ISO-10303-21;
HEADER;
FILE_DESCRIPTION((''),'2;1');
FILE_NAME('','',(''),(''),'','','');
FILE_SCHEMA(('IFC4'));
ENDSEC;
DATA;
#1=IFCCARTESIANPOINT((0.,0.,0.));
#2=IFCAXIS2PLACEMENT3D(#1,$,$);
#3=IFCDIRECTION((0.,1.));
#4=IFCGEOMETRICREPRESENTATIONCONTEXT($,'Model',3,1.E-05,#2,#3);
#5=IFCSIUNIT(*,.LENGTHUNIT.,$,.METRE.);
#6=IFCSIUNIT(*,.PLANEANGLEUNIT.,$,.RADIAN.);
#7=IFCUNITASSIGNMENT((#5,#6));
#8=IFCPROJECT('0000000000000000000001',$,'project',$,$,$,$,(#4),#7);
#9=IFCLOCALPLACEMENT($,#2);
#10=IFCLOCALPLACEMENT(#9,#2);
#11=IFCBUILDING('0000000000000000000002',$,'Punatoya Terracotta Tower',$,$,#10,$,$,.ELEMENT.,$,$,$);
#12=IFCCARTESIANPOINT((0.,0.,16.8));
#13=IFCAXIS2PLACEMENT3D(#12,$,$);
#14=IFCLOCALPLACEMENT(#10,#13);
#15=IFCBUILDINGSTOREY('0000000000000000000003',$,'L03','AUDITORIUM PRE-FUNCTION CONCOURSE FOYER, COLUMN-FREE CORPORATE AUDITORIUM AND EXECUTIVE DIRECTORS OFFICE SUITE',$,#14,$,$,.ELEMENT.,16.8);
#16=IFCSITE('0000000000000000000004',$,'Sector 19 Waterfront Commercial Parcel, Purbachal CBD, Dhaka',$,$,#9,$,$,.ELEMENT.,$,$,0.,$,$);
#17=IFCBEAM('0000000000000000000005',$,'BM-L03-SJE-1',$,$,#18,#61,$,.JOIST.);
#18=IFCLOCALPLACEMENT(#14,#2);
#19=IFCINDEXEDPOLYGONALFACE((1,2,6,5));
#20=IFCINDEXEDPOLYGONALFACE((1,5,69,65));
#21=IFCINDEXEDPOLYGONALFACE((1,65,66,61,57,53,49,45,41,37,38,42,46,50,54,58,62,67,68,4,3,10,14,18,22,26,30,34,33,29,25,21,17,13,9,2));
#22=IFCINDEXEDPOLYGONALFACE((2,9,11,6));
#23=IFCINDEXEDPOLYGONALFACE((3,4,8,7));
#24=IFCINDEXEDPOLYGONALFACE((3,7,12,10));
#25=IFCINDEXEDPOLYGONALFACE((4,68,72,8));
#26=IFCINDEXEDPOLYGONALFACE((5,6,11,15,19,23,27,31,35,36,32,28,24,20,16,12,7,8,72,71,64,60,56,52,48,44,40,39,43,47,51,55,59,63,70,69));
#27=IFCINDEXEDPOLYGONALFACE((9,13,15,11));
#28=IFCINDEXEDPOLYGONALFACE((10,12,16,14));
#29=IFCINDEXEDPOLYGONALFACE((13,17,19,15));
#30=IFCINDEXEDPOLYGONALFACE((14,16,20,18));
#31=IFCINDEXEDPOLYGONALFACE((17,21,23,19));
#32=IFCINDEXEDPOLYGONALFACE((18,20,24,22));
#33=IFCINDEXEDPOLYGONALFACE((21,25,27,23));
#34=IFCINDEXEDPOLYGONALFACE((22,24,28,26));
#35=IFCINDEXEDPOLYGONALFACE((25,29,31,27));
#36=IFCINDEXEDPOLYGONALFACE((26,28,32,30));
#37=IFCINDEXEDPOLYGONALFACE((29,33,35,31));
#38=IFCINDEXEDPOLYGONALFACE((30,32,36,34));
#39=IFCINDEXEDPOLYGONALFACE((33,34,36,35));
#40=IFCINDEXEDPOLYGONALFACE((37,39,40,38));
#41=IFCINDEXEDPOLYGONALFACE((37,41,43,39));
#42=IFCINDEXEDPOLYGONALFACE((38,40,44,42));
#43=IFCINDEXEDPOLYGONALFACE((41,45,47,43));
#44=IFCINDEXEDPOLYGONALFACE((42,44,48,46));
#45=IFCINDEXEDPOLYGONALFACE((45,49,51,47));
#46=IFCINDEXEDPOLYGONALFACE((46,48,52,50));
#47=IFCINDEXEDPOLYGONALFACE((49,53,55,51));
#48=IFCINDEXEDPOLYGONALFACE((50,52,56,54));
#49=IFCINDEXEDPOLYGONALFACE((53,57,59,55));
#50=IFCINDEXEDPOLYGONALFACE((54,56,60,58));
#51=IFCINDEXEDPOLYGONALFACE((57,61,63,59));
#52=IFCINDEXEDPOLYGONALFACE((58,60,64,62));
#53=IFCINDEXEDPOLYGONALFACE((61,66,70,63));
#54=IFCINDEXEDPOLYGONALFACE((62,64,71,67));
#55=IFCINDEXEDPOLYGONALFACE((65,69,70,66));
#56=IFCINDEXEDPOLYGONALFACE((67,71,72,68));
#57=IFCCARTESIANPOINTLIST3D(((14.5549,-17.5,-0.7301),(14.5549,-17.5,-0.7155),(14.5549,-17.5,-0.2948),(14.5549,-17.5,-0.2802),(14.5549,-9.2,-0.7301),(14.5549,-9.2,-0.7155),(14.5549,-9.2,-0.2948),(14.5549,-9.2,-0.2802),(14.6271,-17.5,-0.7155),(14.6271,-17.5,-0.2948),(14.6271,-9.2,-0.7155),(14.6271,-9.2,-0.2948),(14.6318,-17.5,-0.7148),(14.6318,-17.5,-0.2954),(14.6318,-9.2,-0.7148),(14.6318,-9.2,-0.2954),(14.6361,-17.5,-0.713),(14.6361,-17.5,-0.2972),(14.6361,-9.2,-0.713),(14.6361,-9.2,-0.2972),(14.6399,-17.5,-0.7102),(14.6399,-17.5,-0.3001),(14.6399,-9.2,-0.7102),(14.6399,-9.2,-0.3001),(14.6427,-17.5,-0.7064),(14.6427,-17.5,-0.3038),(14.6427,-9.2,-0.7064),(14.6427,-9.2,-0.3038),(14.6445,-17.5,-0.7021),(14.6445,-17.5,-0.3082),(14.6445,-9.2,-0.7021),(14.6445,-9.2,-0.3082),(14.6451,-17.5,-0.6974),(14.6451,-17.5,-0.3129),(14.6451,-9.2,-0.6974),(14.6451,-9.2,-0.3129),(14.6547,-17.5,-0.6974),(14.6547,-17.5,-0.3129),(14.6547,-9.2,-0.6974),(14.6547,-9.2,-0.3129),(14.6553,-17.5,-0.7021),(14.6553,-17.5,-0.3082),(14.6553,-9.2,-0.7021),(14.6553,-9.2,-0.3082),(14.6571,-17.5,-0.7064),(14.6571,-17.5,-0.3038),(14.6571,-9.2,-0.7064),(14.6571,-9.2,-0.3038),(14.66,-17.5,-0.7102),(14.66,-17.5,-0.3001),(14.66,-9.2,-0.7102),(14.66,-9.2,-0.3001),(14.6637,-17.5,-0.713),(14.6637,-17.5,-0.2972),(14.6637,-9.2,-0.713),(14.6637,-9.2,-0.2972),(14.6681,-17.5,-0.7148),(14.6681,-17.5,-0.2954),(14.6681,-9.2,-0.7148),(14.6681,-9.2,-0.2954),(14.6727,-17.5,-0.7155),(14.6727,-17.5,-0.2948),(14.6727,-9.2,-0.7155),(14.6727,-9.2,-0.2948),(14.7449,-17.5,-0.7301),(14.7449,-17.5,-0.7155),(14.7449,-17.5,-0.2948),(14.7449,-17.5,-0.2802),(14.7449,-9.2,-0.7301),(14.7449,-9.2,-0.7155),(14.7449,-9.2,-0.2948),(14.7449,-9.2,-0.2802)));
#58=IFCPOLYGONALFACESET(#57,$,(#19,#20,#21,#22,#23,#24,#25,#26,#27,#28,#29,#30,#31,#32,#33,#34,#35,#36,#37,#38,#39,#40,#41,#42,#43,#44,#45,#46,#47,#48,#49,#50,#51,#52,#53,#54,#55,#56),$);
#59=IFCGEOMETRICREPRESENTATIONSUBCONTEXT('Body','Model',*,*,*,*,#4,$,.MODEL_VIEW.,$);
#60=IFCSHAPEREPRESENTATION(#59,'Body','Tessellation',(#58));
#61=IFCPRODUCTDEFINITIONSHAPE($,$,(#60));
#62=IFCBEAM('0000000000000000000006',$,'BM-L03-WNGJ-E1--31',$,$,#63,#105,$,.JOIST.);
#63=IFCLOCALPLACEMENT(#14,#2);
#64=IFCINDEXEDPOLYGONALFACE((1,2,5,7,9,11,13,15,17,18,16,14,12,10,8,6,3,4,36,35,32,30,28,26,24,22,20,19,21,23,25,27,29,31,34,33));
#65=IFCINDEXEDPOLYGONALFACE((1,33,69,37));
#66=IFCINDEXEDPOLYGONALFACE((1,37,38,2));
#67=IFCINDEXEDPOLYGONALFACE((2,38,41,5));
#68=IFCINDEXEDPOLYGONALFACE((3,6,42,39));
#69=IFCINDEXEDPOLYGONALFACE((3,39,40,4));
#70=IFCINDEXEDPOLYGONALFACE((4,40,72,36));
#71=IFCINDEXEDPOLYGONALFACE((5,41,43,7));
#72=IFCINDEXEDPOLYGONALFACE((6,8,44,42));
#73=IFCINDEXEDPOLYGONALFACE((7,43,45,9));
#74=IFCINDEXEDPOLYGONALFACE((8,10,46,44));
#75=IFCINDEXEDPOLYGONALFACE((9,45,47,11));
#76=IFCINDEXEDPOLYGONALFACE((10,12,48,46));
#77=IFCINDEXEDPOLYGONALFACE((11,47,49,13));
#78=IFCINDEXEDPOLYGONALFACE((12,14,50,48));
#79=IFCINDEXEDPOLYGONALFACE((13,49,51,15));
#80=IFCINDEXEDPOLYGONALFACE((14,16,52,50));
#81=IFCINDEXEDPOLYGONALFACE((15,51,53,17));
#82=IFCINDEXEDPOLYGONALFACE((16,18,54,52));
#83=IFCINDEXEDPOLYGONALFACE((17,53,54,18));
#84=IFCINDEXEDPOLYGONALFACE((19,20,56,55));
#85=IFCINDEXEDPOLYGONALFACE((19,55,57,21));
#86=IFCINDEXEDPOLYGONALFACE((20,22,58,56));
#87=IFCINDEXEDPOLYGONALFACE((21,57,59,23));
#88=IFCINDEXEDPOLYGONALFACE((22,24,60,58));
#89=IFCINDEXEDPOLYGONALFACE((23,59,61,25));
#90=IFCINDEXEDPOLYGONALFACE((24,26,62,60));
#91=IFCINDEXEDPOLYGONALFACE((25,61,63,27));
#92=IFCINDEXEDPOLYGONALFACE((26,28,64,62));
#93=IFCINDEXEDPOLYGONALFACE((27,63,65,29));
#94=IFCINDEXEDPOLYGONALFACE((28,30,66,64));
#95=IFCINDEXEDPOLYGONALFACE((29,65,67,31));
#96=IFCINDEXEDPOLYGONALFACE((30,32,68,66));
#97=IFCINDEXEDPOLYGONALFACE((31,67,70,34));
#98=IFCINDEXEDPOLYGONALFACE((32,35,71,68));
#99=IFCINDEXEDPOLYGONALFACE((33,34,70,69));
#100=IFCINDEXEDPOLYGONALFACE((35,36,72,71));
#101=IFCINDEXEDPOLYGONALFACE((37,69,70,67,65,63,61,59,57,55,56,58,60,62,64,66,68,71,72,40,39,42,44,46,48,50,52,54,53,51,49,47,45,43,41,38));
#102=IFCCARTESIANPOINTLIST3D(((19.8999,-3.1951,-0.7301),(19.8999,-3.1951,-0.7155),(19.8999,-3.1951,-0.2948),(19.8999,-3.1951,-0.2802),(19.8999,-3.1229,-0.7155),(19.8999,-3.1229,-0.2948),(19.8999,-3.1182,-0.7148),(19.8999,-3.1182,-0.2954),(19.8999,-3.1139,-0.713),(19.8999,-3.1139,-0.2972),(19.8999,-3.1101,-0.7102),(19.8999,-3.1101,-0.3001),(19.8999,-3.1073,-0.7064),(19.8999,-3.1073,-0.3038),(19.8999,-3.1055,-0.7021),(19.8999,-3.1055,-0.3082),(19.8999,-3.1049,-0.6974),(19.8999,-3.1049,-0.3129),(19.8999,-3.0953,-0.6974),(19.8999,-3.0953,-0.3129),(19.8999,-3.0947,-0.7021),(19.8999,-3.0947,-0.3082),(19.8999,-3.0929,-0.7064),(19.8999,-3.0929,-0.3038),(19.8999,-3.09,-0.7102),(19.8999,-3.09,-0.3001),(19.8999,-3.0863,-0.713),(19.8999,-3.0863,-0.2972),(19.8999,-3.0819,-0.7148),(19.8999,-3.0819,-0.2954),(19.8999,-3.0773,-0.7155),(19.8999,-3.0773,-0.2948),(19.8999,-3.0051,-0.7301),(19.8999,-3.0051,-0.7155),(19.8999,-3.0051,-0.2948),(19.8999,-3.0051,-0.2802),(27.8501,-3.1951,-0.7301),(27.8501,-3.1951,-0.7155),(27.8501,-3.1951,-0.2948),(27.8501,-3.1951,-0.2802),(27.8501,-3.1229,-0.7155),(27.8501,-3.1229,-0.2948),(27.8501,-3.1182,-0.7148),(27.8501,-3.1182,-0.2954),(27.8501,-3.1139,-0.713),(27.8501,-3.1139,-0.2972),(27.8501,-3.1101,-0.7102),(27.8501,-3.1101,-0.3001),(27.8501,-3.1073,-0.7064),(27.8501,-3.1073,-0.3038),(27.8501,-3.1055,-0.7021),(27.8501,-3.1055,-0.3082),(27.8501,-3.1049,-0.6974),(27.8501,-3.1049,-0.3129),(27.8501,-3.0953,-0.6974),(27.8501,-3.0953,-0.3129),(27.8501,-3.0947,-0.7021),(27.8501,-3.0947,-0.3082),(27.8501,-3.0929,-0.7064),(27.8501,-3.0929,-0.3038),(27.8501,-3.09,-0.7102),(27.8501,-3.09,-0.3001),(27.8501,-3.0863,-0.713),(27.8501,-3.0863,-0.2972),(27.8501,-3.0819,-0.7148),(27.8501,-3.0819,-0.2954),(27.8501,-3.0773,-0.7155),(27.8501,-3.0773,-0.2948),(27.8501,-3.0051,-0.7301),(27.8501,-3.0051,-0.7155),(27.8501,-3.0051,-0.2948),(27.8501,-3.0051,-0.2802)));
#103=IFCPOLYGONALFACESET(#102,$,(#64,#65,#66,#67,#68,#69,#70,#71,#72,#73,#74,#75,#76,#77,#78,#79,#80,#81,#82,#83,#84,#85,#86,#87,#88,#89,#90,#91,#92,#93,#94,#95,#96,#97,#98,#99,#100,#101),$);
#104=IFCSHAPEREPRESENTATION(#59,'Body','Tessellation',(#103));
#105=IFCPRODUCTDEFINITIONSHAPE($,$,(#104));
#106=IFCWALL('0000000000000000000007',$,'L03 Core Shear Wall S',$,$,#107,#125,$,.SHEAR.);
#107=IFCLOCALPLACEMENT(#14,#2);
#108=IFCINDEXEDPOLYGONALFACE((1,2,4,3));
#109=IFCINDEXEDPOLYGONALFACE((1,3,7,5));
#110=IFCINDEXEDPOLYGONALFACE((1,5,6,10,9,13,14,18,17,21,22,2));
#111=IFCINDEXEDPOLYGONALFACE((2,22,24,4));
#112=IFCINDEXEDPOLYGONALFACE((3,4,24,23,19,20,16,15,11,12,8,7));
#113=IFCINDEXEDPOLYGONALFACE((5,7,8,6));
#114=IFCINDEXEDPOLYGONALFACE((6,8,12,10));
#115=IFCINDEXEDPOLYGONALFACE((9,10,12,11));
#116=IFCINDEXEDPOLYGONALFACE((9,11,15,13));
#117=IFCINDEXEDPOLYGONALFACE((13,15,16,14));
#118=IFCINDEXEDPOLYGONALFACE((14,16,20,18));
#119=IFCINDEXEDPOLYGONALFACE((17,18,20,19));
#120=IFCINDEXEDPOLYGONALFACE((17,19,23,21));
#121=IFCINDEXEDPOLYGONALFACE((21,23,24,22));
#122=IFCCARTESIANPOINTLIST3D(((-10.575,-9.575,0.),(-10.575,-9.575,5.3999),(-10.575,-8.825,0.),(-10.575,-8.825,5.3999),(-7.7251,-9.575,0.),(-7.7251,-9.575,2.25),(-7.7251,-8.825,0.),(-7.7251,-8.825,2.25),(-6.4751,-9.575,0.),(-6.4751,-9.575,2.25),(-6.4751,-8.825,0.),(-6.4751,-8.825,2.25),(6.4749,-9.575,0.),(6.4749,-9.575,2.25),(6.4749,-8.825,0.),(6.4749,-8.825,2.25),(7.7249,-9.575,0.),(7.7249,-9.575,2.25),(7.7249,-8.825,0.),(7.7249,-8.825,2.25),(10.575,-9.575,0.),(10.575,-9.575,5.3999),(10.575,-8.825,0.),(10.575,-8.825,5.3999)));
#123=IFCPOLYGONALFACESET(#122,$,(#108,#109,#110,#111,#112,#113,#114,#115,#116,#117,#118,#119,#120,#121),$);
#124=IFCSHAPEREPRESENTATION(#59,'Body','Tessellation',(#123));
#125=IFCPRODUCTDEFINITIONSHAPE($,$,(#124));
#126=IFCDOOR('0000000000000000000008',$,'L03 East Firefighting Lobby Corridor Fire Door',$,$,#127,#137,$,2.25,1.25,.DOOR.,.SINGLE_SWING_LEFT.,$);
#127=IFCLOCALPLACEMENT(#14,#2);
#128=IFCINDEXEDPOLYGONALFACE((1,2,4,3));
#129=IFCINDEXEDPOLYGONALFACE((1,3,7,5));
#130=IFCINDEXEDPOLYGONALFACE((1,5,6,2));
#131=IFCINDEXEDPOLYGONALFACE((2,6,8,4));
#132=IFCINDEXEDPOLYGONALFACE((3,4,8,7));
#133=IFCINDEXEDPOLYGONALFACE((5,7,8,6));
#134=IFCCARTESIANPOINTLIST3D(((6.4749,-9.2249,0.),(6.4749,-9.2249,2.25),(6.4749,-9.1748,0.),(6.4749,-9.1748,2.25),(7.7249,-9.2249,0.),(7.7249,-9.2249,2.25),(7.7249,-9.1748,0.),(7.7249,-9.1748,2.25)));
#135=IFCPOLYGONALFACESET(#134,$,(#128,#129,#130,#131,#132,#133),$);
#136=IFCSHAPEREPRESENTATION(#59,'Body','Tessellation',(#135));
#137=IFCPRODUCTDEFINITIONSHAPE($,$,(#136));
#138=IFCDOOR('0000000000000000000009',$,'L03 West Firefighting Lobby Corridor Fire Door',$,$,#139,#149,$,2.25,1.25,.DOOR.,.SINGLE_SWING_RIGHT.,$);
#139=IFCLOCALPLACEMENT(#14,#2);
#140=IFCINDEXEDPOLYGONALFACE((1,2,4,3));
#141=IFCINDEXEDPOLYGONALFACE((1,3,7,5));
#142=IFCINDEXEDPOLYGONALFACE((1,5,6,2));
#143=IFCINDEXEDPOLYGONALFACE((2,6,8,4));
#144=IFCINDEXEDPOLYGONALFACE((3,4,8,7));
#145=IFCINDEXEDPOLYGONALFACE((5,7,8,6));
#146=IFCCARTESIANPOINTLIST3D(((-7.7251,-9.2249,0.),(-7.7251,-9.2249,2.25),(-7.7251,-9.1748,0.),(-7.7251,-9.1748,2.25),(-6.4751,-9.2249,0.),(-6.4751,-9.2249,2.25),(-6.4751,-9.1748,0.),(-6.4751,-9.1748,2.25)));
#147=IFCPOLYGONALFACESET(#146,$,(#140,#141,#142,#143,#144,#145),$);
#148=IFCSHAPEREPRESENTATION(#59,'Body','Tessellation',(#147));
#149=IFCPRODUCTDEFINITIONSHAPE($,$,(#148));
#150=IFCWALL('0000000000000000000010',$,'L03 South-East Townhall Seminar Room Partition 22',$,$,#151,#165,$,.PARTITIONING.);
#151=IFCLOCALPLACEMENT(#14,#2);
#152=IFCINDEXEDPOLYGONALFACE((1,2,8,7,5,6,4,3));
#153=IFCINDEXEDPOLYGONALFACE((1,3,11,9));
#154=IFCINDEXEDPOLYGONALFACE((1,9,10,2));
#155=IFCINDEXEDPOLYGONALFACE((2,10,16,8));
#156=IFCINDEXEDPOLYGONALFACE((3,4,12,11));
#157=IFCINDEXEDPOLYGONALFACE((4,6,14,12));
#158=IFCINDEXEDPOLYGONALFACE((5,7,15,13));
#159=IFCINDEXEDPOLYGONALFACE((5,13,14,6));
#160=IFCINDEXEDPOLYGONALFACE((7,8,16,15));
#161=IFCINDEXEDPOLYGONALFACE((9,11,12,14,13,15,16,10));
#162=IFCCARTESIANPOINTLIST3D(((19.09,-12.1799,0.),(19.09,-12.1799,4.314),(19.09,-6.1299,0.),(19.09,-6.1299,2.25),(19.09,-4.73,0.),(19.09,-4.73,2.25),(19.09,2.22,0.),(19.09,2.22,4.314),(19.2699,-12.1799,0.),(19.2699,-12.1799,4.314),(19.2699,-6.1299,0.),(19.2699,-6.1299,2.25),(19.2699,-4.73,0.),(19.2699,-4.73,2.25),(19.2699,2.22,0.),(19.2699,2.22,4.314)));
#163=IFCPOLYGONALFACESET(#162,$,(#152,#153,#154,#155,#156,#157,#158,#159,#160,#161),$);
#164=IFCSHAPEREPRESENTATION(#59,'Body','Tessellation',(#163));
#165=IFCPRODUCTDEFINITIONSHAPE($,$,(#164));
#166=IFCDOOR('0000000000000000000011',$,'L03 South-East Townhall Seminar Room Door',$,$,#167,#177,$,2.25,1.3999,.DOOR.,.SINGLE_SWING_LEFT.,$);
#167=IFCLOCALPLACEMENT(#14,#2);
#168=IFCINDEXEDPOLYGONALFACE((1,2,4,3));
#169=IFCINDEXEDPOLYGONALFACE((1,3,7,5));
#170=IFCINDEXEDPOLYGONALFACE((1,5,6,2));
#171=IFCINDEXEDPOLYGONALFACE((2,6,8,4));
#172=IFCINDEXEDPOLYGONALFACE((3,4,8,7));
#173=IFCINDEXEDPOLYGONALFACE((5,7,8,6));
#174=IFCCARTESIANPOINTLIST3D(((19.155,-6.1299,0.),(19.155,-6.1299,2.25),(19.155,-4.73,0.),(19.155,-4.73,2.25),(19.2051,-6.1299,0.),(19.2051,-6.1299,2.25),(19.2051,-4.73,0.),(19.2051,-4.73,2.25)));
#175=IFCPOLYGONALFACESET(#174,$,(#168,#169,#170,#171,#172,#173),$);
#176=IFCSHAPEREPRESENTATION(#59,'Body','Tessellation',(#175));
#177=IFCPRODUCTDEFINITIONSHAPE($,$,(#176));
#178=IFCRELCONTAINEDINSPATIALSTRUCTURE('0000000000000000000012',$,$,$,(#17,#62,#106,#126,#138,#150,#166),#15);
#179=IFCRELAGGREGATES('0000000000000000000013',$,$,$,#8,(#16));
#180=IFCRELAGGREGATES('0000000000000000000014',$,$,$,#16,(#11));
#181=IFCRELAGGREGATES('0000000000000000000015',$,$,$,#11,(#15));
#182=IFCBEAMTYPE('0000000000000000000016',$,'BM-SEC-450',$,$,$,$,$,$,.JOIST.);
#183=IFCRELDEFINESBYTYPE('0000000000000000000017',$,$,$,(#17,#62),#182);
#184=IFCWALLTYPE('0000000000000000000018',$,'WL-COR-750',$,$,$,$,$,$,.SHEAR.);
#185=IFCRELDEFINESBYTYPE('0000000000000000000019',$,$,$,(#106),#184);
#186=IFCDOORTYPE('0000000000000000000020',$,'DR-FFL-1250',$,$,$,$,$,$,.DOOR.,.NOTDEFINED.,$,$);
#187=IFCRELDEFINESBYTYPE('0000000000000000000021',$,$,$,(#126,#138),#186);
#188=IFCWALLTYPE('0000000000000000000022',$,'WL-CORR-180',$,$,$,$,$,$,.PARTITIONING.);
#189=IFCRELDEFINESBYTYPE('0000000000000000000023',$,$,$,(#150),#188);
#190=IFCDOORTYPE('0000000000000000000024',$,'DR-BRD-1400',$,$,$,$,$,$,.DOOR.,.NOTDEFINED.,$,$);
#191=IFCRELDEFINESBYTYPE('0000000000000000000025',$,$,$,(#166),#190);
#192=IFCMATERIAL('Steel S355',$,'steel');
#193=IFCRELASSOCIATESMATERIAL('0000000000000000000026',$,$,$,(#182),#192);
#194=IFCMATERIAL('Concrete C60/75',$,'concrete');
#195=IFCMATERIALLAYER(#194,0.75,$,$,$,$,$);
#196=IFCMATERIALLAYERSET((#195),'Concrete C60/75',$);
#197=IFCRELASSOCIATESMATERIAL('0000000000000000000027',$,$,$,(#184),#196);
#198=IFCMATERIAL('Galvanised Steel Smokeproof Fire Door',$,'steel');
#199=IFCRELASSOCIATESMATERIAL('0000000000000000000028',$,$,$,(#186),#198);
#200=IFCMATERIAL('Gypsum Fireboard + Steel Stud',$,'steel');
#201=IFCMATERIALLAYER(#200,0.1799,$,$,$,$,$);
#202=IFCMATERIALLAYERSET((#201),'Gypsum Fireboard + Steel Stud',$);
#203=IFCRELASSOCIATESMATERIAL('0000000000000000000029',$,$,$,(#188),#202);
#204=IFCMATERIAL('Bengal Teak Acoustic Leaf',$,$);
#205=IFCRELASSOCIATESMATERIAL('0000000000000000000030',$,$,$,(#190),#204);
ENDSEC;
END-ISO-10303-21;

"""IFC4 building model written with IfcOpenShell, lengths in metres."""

from ifc_helpers import new_model, si_unit, direction, frame, frame_2d, origin, origin_2d, place, context, subcontext, project, spatial, rectangle, i_section, extrude, material, layer, layer_set, material_profile, profile_set, type_object, element, fill, save


model = new_model("IFC4")

# Units and contexts
model_context = context("Model", 3, precision=1e-05, world=origin(), true_north=direction((0.0, 1.0)))
body_context = subcontext(model_context, "Body", "Model", "MODEL_VIEW")
ifc_project = project(units=[si_unit("LENGTHUNIT", "METRE"), si_unit("PLANEANGLEUNIT", "RADIAN")], contexts=[model_context])

# Site, building, storey
site_placement = place(None, origin())
site = spatial("IfcSite", under=ifc_project, at=site_placement, Name="Sector 19 Waterfront Commercial Parcel, Purbachal CBD, Dhaka", CompositionType="ELEMENT", RefElevation=0.0)
building_placement = place(site_placement, origin())
building = spatial("IfcBuilding", under=site, at=building_placement, Name="Punatoya Terracotta Tower", CompositionType="ELEMENT")
storey_placement = place(building_placement, frame((0.0, 0.0, 16.8)))
storey = spatial("IfcBuildingStorey", under=building, at=storey_placement, Name="L03", Description="AUDITORIUM PRE-FUNCTION CONCOURSE FOYER, COLUMN-FREE CORPORATE AUDITORIUM AND EXECUTIVE DIRECTORS OFFICE SUITE", CompositionType="ELEMENT", Elevation=16.8)

# Beams
ifc_material_1 = material(Name="Steel S355", Category="steel")
ifc_material_profile_1 = material_profile(ifc_material_1, i_section(OverallWidth=0.1899, OverallDepth=0.45, WebThickness=0.0095, FlangeThickness=0.0146, FilletRadius=0.0181, at=origin_2d()))
ifc_profile_set_1 = profile_set([ifc_material_profile_1], Name="Steel S355")
beam_type_1 = type_object("IfcBeamType", Name="BM-SEC-450", PredefinedType="JOIST", material=ifc_profile_set_1)
beam_1_placement = place(storey_placement, frame((14.6499, -17.5, -0.5051), z_axis=(0.0, 1.0, 0.0), x_axis=(-1.0, 0.0, 0.0)))
element("IfcBeam", 1, at=beam_1_placement, inside=storey, type_object=beam_type_1, Name="BM-L03-SJE-1", PredefinedType="JOIST", context=body_context, shape_type="SweptSolid", body=[
    extrude(i_section(OverallWidth=0.1899, OverallDepth=0.45, WebThickness=0.0095, FlangeThickness=0.0146, FilletRadius=0.0181, at=origin_2d()), origin(), (0.0, 0.0, 1.0), 8.3),
])
beam_2_placement = place(storey_placement, frame((19.8999, -3.1001, -0.5051), z_axis=(1.0, 0.0, 0.0), x_axis=(0.0, 1.0, 0.0)))
element("IfcBeam", 2, at=beam_2_placement, inside=storey, type_object=beam_type_1, Name="BM-L03-WNGJ-E1--31", PredefinedType="JOIST", context=body_context, shape_type="SweptSolid", body=[
    extrude(i_section(OverallWidth=0.1899, OverallDepth=0.45, WebThickness=0.0095, FlangeThickness=0.0146, FilletRadius=0.0181, at=origin_2d()), origin(), (0.0, 0.0, 1.0), 7.9502),
])

# Wall, openings, doors
ifc_material_2 = material(Name="Concrete C60/75", Category="concrete")
ifc_layer_1 = layer(ifc_material_2, 0.75)
ifc_layer_set_1 = layer_set([ifc_layer_1], Name="Concrete C60/75")
wall_type_1 = type_object("IfcWallType", Name="WL-COR-750", PredefinedType="SHEAR", material=ifc_layer_set_1)
wall_1_placement = place(storey_placement, frame((10.575, -9.2, 0.0), z_axis=(0.0, 0.0, 1.0), x_axis=(-1.0, 0.0, 0.0)))
wall_1 = element("IfcWall", 3, at=wall_1_placement, inside=storey, type_object=wall_type_1, Name="L03 Core Shear Wall S", PredefinedType="SHEAR", context=body_context, shape_type="SweptSolid", body=[
    extrude(rectangle(XDim=21.1499, YDim=0.75, at=frame_2d((10.575, 0.0))), origin(), (0.0, 0.0, 1.0), 5.3999),
])
opening_1_placement = place(wall_1_placement, frame((2.8501, 0.0, 0.0)))
opening_1 = element("IfcOpeningElement", 4, at=opening_1_placement, cuts=wall_1, PredefinedType="OPENING", context=body_context, shape_type="SweptSolid", body=[
    extrude(rectangle(XDim=1.25, YDim=2.25, at=frame_2d((0.625, 1.125))), frame((0.0, 0.385, 0.0), z_axis=(0.0, -1.0, 0.0), x_axis=(1.0, 0.0, 0.0)), (0.0, 0.0, 1.0), 0.77),
])
opening_2_placement = place(wall_1_placement, frame((17.05, 0.0, 0.0)))
opening_2 = element("IfcOpeningElement", 5, at=opening_2_placement, cuts=wall_1, PredefinedType="OPENING", context=body_context, shape_type="SweptSolid", body=[
    extrude(rectangle(XDim=1.25, YDim=2.25, at=frame_2d((0.625, 1.125))), frame((0.0, 0.385, 0.0), z_axis=(0.0, -1.0, 0.0), x_axis=(1.0, 0.0, 0.0)), (0.0, 0.0, 1.0), 0.77),
])
ifc_material_3 = material(Name="Galvanised Steel Smokeproof Fire Door", Category="steel")
door_type_1 = type_object("IfcDoorType", Name="DR-FFL-1250", OperationType="NOTDEFINED", PredefinedType="DOOR", material=ifc_material_3)
door_1_placement = place(opening_1_placement, origin())
door_1 = element("IfcDoor", 6, at=door_1_placement, inside=storey, type_object=door_type_1, Name="L03 East Firefighting Lobby Corridor Fire Door", OperationType="SINGLE_SWING_LEFT", OverallHeight=2.25, OverallWidth=1.25, PredefinedType="DOOR", context=body_context, shape_type="SweptSolid", body=[
    extrude(rectangle(XDim=1.25, YDim=2.25, at=frame_2d((0.625, 1.125))), frame((0.0, 0.0249, 0.0), z_axis=(0.0, -1.0, 0.0), x_axis=(1.0, 0.0, 0.0)), (0.0, 0.0, 1.0), 0.05),
])
fill(opening_1, door_1)
door_2_placement = place(opening_2_placement, origin())
door_2 = element("IfcDoor", 7, at=door_2_placement, inside=storey, type_object=door_type_1, Name="L03 West Firefighting Lobby Corridor Fire Door", OperationType="SINGLE_SWING_RIGHT", OverallHeight=2.25, OverallWidth=1.25, PredefinedType="DOOR", context=body_context, shape_type="SweptSolid", body=[
    extrude(rectangle(XDim=1.25, YDim=2.25, at=frame_2d((0.625, 1.125))), frame((0.0, 0.0249, 0.0), z_axis=(0.0, -1.0, 0.0), x_axis=(1.0, 0.0, 0.0)), (0.0, 0.0, 1.0), 0.05),
])
fill(opening_2, door_2)

# Wall, opening, door
ifc_material_4 = material(Name="Gypsum Fireboard + Steel Stud", Category="steel")
ifc_layer_2 = layer(ifc_material_4, 0.1799)
ifc_layer_set_2 = layer_set([ifc_layer_2], Name="Gypsum Fireboard + Steel Stud")
wall_type_2 = type_object("IfcWallType", Name="WL-CORR-180", PredefinedType="PARTITIONING", material=ifc_layer_set_2)
wall_2_placement = place(storey_placement, frame((19.1799, -12.1799, 0.0), z_axis=(0.0, 0.0, 1.0), x_axis=(0.0, 1.0, 0.0)))
wall_2 = element("IfcWall", 8, at=wall_2_placement, inside=storey, type_object=wall_type_2, Name="L03 South-East Townhall Seminar Room Partition 22", PredefinedType="PARTITIONING", context=body_context, shape_type="SweptSolid", body=[
    extrude(rectangle(XDim=14.3999, YDim=0.1799, at=frame_2d((7.2, 0.0))), origin(), (0.0, 0.0, 1.0), 4.314),
])
opening_3_placement = place(wall_2_placement, frame((6.05, 0.0, 0.0)))
opening_3 = element("IfcOpeningElement", 9, at=opening_3_placement, cuts=wall_2, PredefinedType="OPENING", context=body_context, shape_type="SweptSolid", body=[
    extrude(rectangle(XDim=1.3999, YDim=2.25, at=frame_2d((0.7, 1.125))), frame((0.0, 0.0999, 0.0), z_axis=(0.0, -1.0, 0.0), x_axis=(1.0, 0.0, 0.0)), (0.0, 0.0, 1.0), 0.2),
])
ifc_material_5 = material(Name="Bengal Teak Acoustic Leaf")
door_type_2 = type_object("IfcDoorType", Name="DR-BRD-1400", OperationType="NOTDEFINED", PredefinedType="DOOR", material=ifc_material_5)
door_3_placement = place(opening_3_placement, origin())
door_3 = element("IfcDoor", 10, at=door_3_placement, inside=storey, type_object=door_type_2, Name="L03 South-East Townhall Seminar Room Door", OperationType="SINGLE_SWING_LEFT", OverallHeight=2.25, OverallWidth=1.3999, PredefinedType="DOOR", context=body_context, shape_type="SweptSolid", body=[
    extrude(rectangle(XDim=1.3999, YDim=2.25, at=frame_2d((0.7, 1.125))), frame((0.0, 0.0249, 0.0), z_axis=(0.0, -1.0, 0.0), x_axis=(1.0, 0.0, 0.0)), (0.0, 0.0, 1.0), 0.05),
])
fill(opening_3, door_3)

save(model, "model.ifc")
